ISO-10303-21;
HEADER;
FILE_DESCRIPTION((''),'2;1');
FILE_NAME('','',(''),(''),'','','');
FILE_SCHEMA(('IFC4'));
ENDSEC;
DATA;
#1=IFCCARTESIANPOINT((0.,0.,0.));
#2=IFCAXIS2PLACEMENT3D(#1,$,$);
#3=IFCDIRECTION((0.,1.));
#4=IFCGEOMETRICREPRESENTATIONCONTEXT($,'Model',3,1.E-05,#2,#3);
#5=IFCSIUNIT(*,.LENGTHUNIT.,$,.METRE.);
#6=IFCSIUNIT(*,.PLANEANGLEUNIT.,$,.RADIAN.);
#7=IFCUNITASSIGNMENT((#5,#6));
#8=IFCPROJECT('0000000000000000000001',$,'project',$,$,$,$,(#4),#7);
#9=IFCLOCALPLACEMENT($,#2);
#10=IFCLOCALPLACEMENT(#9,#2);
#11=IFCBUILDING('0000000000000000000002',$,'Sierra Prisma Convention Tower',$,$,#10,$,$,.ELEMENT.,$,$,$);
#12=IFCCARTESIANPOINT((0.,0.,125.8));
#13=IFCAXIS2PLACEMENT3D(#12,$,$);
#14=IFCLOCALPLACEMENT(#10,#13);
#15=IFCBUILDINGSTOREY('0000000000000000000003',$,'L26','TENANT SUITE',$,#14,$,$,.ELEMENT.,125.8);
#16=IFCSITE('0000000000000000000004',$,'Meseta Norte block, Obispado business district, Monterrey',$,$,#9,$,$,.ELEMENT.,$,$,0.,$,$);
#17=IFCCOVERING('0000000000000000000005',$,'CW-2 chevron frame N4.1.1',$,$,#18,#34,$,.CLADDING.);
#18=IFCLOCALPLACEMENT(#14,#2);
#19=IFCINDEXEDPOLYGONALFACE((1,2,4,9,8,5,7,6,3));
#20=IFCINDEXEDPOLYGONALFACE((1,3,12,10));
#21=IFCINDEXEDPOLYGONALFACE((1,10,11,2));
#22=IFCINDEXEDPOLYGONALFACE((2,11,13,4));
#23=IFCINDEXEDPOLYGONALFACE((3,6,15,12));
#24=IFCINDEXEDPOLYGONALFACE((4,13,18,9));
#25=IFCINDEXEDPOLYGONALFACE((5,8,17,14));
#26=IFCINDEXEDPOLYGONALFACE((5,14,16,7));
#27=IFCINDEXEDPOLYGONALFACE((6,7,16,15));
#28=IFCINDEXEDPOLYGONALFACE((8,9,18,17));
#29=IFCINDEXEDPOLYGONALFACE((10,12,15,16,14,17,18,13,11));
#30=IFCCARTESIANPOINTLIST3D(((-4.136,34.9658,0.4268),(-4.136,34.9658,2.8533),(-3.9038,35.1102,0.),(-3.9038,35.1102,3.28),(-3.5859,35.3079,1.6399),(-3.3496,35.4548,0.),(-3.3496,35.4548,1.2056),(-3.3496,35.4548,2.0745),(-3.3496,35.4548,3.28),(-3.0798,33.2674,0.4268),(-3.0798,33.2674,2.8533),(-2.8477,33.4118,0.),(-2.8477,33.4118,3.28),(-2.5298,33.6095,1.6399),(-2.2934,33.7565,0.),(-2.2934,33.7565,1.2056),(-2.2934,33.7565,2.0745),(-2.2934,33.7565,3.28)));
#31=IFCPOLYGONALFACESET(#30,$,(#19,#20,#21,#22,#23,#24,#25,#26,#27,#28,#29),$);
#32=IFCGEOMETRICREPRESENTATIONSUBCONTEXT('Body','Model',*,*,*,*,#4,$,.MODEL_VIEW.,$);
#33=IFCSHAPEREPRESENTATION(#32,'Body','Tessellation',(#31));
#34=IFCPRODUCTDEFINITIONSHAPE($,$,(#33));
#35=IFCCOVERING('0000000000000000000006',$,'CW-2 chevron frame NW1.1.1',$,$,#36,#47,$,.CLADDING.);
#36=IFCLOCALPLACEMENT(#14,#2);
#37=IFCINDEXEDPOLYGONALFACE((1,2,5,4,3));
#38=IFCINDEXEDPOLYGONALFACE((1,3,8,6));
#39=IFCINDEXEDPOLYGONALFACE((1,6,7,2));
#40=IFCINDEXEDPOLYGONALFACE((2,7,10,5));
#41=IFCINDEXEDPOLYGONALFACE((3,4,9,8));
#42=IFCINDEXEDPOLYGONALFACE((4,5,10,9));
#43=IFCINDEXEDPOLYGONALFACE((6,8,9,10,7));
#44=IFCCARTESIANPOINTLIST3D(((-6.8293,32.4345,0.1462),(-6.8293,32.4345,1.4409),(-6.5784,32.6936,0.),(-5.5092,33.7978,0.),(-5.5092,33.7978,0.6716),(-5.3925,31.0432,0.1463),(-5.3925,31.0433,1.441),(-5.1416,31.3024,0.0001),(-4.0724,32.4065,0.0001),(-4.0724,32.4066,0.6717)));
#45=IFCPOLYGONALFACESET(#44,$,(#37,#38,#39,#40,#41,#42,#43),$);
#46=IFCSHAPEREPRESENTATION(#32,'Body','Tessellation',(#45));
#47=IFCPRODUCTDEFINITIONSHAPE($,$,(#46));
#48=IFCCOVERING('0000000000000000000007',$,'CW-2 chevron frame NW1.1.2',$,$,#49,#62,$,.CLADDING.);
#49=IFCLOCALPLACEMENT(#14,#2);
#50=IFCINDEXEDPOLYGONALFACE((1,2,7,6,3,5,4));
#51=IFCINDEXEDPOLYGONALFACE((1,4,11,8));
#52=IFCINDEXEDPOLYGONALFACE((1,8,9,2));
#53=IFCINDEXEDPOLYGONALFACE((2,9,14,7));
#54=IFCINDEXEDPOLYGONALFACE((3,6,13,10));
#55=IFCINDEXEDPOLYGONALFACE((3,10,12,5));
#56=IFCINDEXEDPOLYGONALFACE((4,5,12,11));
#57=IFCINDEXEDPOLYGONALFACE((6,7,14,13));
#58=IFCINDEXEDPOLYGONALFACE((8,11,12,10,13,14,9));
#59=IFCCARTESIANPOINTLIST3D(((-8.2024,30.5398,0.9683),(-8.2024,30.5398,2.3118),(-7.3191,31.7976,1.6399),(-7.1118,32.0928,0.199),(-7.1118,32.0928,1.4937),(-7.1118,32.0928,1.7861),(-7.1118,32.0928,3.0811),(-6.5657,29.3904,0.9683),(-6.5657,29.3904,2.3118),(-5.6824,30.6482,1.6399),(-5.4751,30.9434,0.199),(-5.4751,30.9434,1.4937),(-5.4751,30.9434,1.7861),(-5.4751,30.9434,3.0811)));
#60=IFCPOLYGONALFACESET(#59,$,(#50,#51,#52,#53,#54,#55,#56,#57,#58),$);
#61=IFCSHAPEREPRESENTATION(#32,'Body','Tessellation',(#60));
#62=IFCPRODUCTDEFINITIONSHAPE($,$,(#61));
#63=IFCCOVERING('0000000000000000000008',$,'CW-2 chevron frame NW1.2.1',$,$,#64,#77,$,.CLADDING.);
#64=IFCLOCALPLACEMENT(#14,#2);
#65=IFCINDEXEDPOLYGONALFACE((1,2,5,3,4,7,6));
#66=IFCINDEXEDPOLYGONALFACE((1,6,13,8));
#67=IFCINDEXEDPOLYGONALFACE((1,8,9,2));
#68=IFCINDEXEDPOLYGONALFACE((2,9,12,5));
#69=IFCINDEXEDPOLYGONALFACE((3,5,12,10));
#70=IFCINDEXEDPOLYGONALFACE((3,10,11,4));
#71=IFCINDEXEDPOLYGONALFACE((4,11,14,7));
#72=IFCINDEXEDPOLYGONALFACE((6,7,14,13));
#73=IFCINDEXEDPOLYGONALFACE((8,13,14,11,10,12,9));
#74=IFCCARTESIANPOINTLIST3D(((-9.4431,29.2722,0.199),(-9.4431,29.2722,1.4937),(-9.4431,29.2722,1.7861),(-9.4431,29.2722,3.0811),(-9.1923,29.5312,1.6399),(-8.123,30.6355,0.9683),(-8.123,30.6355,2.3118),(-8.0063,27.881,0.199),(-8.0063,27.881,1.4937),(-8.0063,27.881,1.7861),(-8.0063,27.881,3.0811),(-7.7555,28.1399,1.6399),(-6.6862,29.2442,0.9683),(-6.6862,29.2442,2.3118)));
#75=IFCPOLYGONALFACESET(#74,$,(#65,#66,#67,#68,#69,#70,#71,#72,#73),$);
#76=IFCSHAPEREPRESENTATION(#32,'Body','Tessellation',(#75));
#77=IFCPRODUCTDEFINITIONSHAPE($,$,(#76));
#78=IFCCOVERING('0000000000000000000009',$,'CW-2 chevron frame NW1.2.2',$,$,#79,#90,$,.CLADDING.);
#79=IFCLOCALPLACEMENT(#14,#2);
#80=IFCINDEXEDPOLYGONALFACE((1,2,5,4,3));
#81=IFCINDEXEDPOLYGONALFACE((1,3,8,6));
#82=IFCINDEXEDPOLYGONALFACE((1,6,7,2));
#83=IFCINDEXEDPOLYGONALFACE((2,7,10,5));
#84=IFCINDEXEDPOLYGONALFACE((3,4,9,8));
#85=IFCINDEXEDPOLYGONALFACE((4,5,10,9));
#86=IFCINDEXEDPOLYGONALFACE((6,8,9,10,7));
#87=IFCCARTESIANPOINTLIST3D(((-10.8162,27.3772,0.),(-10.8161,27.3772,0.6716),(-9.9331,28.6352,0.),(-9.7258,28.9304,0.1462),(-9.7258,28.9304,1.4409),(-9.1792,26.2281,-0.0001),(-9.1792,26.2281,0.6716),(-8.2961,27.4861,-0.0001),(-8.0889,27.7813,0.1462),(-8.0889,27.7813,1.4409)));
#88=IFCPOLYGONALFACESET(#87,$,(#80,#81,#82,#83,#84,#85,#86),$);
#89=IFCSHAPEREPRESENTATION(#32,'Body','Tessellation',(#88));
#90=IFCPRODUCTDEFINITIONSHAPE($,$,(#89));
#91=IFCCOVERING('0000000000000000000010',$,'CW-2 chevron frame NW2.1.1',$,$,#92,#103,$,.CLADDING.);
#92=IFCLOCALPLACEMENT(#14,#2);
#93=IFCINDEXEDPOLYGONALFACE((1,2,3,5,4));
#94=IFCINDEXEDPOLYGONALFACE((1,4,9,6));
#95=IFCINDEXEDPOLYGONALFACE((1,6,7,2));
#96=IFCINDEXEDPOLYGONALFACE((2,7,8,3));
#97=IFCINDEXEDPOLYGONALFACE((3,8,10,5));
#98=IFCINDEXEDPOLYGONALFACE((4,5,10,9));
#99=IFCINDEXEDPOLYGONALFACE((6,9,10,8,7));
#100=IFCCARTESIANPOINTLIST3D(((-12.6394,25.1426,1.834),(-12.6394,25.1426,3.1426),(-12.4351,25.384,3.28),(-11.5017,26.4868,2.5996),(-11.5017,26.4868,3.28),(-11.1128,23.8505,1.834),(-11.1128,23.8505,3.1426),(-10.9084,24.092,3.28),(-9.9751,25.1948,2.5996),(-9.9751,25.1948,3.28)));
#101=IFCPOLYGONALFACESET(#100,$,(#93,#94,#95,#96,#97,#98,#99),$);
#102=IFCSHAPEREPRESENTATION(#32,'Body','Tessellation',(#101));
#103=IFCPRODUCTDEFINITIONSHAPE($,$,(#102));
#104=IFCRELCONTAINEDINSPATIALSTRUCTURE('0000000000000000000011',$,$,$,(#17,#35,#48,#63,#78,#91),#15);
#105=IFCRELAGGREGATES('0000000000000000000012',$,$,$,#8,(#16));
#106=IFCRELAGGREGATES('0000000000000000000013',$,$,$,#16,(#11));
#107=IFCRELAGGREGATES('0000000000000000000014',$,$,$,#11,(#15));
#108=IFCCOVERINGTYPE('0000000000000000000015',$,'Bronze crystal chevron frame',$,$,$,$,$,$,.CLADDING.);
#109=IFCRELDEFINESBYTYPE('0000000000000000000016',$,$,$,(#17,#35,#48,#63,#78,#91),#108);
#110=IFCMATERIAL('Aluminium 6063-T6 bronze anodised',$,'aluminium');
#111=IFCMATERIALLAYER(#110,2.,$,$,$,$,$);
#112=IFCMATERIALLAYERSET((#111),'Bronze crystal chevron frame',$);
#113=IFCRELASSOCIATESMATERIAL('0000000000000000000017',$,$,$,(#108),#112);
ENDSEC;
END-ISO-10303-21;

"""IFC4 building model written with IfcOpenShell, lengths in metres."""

from ifc_helpers import new_model, si_unit, direction, frame, origin, place, context, subcontext, project, spatial, polyline, outline, extrude, material, layer, layer_set, type_object, element, save


model = new_model("IFC4")

# Units and contexts
model_context = context("Model", 3, precision=1e-05, world=origin(), true_north=direction((0.0, 1.0)))
body_context = subcontext(model_context, "Body", "Model", "MODEL_VIEW")
ifc_project = project(units=[si_unit("LENGTHUNIT", "METRE"), si_unit("PLANEANGLEUNIT", "RADIAN")], contexts=[model_context])

# Site, building, storey
site_placement = place(None, origin())
site = spatial("IfcSite", under=ifc_project, at=site_placement, Name="Meseta Norte block, Obispado business district, Monterrey", CompositionType="ELEMENT", RefElevation=0.0)
building_placement = place(site_placement, origin())
building = spatial("IfcBuilding", under=site, at=building_placement, Name="Sierra Prisma Convention Tower", CompositionType="ELEMENT")
storey_placement = place(building_placement, frame((0.0, 0.0, 125.8)))
storey = spatial("IfcBuildingStorey", under=building, at=storey_placement, Name="L26", Description="TENANT SUITE", CompositionType="ELEMENT", Elevation=125.8)

# Coverings
ifc_material_1 = material(Name="Aluminium 6063-T6 bronze anodised", Category="aluminium")
ifc_layer_1 = layer(ifc_material_1, 2.0)
ifc_layer_set_1 = layer_set([ifc_layer_1], Name="Bronze crystal chevron frame")
covering_type = type_object("IfcCoveringType", Name="Bronze crystal chevron frame", PredefinedType="CLADDING", material=ifc_layer_set_1)
covering_1_placement = place(storey_placement, frame((-3.3496, 35.4548, 0.0), z_axis=(-0.528087, 0.84919, 0.0), x_axis=(-0.84919, -0.528087, 0.0)))
element("IfcCovering", 1, at=covering_1_placement, inside=storey, type_object=covering_type, Name="CW-2 chevron frame N4.1.1", PredefinedType="CLADDING", context=body_context, shape_type="SweptSolid", body=[
    extrude(outline(polyline([(0.0, 0.0), (0.6527, 0.0), (0.926, 0.4268), (0.926, 2.8533), (0.6527, 3.28), (0.0, 3.28), (0.0, 2.0745), (0.2783, 1.6399), (0.0, 1.2056), (0.0, 0.0)])), origin(), (0.0, 0.0, -1.0), 2.0),
])
covering_2_placement = place(storey_placement, frame((-6.5784, 32.6936, 0.0), z_axis=(-0.718404, 0.695626, -0.000053), x_axis=(-0.644666, -0.665746, 0.375749)))
element("IfcCovering", 2, at=covering_2_placement, inside=storey, type_object=covering_type, Name="CW-2 chevron frame NW1.1.1", PredefinedType="CLADDING", context=body_context, shape_type="SweptSolid", body=[
    extrude(outline(polyline([(0.0, 0.0), (0.3892, 0.0), (0.8757, 1.1998), (-1.172, 1.1999), (-1.4244, 0.5775), (0.0, 0.0)])), origin(), (0.0, 0.0, -1.0), 2.0),
])
covering_3_placement = place(storey_placement, frame((-7.1118, 32.0928, 1.4937), z_axis=(-0.818367, 0.574697, 0.0), x_axis=(0.0, 0.0, -1.0)))
element("IfcCovering", 3, at=covering_3_placement, inside=storey, type_object=covering_type, Name="CW-2 chevron frame NW1.1.2", PredefinedType="CLADDING", context=body_context, shape_type="SweptSolid", body=[
    extrude(outline(polyline([(0.0, 0.0), (1.2947, 0.0), (0.5254, 1.8977), (-0.8181, 1.8977), (-1.5874, 0.0), (-0.2925, 0.0), (-0.1462, 0.3607), (0.0, 0.0)])), origin(), (0.0, 0.0, -1.0), 2.0),
])
covering_4_placement = place(storey_placement, frame((-8.123, 30.6355, 0.9683), z_axis=(-0.718399, 0.695631, 0.0), x_axis=(-0.644673, -0.665773, -0.375691)))
element("IfcCovering", 4, at=covering_4_placement, inside=storey, type_object=covering_type, Name="CW-2 chevron frame NW1.2.1", PredefinedType="CLADDING", context=body_context, shape_type="SweptSolid", body=[
    extrude(outline(polyline([(0.0, 0.0), (2.0477, 0.0), (1.5613, 1.1998), (1.1722, 1.1999), (1.4514, 1.4709), (0.9649, 2.671), (-0.5047, 1.2451), (0.0, 0.0)])), origin(), (0.0, 0.0, -1.0), 2.0),
])
covering_5_placement = place(storey_placement, frame((-9.7258, 28.9304, 0.1462), z_axis=(-0.818471, 0.574548, 0.000029), x_axis=(-0.532454, -0.758488, -0.375751)))
element("IfcCovering", 5, at=covering_5_placement, inside=storey, type_object=covering_type, Name="CW-2 chevron frame NW1.2.2", PredefinedType="CLADDING", context=body_context, shape_type="SweptSolid", body=[
    extrude(outline(polyline([(0.0, 0.0), (0.3892, 0.0), (1.8136, 0.5775), (1.5612, 1.2), (-0.4865, 1.1998), (0.0, 0.0)])), origin(), (0.0, 0.0, -1.0), 2.0),
])
covering_6_placement = place(storey_placement, frame((-11.5017, 26.4868, 2.5996), z_axis=(-0.763312, 0.646029, -0.000004), x_axis=(-0.59246, -0.70002, -0.398703)))
element("IfcCovering", 6, at=covering_6_placement, inside=storey, type_object=covering_type, Name="CW-2 chevron frame NW2.1.1", PredefinedType="CLADDING", context=body_context, shape_type="SweptSolid", body=[
    extrude(outline(polyline([(0.0, 0.0), (1.9203, 0.0), (1.3985, 1.2001), (1.0537, 1.2), (-0.2713, 0.624), (0.0, 0.0)])), origin(), (0.0, 0.0, -1.0), 2.0),
])

save(model, "model.ifc")
